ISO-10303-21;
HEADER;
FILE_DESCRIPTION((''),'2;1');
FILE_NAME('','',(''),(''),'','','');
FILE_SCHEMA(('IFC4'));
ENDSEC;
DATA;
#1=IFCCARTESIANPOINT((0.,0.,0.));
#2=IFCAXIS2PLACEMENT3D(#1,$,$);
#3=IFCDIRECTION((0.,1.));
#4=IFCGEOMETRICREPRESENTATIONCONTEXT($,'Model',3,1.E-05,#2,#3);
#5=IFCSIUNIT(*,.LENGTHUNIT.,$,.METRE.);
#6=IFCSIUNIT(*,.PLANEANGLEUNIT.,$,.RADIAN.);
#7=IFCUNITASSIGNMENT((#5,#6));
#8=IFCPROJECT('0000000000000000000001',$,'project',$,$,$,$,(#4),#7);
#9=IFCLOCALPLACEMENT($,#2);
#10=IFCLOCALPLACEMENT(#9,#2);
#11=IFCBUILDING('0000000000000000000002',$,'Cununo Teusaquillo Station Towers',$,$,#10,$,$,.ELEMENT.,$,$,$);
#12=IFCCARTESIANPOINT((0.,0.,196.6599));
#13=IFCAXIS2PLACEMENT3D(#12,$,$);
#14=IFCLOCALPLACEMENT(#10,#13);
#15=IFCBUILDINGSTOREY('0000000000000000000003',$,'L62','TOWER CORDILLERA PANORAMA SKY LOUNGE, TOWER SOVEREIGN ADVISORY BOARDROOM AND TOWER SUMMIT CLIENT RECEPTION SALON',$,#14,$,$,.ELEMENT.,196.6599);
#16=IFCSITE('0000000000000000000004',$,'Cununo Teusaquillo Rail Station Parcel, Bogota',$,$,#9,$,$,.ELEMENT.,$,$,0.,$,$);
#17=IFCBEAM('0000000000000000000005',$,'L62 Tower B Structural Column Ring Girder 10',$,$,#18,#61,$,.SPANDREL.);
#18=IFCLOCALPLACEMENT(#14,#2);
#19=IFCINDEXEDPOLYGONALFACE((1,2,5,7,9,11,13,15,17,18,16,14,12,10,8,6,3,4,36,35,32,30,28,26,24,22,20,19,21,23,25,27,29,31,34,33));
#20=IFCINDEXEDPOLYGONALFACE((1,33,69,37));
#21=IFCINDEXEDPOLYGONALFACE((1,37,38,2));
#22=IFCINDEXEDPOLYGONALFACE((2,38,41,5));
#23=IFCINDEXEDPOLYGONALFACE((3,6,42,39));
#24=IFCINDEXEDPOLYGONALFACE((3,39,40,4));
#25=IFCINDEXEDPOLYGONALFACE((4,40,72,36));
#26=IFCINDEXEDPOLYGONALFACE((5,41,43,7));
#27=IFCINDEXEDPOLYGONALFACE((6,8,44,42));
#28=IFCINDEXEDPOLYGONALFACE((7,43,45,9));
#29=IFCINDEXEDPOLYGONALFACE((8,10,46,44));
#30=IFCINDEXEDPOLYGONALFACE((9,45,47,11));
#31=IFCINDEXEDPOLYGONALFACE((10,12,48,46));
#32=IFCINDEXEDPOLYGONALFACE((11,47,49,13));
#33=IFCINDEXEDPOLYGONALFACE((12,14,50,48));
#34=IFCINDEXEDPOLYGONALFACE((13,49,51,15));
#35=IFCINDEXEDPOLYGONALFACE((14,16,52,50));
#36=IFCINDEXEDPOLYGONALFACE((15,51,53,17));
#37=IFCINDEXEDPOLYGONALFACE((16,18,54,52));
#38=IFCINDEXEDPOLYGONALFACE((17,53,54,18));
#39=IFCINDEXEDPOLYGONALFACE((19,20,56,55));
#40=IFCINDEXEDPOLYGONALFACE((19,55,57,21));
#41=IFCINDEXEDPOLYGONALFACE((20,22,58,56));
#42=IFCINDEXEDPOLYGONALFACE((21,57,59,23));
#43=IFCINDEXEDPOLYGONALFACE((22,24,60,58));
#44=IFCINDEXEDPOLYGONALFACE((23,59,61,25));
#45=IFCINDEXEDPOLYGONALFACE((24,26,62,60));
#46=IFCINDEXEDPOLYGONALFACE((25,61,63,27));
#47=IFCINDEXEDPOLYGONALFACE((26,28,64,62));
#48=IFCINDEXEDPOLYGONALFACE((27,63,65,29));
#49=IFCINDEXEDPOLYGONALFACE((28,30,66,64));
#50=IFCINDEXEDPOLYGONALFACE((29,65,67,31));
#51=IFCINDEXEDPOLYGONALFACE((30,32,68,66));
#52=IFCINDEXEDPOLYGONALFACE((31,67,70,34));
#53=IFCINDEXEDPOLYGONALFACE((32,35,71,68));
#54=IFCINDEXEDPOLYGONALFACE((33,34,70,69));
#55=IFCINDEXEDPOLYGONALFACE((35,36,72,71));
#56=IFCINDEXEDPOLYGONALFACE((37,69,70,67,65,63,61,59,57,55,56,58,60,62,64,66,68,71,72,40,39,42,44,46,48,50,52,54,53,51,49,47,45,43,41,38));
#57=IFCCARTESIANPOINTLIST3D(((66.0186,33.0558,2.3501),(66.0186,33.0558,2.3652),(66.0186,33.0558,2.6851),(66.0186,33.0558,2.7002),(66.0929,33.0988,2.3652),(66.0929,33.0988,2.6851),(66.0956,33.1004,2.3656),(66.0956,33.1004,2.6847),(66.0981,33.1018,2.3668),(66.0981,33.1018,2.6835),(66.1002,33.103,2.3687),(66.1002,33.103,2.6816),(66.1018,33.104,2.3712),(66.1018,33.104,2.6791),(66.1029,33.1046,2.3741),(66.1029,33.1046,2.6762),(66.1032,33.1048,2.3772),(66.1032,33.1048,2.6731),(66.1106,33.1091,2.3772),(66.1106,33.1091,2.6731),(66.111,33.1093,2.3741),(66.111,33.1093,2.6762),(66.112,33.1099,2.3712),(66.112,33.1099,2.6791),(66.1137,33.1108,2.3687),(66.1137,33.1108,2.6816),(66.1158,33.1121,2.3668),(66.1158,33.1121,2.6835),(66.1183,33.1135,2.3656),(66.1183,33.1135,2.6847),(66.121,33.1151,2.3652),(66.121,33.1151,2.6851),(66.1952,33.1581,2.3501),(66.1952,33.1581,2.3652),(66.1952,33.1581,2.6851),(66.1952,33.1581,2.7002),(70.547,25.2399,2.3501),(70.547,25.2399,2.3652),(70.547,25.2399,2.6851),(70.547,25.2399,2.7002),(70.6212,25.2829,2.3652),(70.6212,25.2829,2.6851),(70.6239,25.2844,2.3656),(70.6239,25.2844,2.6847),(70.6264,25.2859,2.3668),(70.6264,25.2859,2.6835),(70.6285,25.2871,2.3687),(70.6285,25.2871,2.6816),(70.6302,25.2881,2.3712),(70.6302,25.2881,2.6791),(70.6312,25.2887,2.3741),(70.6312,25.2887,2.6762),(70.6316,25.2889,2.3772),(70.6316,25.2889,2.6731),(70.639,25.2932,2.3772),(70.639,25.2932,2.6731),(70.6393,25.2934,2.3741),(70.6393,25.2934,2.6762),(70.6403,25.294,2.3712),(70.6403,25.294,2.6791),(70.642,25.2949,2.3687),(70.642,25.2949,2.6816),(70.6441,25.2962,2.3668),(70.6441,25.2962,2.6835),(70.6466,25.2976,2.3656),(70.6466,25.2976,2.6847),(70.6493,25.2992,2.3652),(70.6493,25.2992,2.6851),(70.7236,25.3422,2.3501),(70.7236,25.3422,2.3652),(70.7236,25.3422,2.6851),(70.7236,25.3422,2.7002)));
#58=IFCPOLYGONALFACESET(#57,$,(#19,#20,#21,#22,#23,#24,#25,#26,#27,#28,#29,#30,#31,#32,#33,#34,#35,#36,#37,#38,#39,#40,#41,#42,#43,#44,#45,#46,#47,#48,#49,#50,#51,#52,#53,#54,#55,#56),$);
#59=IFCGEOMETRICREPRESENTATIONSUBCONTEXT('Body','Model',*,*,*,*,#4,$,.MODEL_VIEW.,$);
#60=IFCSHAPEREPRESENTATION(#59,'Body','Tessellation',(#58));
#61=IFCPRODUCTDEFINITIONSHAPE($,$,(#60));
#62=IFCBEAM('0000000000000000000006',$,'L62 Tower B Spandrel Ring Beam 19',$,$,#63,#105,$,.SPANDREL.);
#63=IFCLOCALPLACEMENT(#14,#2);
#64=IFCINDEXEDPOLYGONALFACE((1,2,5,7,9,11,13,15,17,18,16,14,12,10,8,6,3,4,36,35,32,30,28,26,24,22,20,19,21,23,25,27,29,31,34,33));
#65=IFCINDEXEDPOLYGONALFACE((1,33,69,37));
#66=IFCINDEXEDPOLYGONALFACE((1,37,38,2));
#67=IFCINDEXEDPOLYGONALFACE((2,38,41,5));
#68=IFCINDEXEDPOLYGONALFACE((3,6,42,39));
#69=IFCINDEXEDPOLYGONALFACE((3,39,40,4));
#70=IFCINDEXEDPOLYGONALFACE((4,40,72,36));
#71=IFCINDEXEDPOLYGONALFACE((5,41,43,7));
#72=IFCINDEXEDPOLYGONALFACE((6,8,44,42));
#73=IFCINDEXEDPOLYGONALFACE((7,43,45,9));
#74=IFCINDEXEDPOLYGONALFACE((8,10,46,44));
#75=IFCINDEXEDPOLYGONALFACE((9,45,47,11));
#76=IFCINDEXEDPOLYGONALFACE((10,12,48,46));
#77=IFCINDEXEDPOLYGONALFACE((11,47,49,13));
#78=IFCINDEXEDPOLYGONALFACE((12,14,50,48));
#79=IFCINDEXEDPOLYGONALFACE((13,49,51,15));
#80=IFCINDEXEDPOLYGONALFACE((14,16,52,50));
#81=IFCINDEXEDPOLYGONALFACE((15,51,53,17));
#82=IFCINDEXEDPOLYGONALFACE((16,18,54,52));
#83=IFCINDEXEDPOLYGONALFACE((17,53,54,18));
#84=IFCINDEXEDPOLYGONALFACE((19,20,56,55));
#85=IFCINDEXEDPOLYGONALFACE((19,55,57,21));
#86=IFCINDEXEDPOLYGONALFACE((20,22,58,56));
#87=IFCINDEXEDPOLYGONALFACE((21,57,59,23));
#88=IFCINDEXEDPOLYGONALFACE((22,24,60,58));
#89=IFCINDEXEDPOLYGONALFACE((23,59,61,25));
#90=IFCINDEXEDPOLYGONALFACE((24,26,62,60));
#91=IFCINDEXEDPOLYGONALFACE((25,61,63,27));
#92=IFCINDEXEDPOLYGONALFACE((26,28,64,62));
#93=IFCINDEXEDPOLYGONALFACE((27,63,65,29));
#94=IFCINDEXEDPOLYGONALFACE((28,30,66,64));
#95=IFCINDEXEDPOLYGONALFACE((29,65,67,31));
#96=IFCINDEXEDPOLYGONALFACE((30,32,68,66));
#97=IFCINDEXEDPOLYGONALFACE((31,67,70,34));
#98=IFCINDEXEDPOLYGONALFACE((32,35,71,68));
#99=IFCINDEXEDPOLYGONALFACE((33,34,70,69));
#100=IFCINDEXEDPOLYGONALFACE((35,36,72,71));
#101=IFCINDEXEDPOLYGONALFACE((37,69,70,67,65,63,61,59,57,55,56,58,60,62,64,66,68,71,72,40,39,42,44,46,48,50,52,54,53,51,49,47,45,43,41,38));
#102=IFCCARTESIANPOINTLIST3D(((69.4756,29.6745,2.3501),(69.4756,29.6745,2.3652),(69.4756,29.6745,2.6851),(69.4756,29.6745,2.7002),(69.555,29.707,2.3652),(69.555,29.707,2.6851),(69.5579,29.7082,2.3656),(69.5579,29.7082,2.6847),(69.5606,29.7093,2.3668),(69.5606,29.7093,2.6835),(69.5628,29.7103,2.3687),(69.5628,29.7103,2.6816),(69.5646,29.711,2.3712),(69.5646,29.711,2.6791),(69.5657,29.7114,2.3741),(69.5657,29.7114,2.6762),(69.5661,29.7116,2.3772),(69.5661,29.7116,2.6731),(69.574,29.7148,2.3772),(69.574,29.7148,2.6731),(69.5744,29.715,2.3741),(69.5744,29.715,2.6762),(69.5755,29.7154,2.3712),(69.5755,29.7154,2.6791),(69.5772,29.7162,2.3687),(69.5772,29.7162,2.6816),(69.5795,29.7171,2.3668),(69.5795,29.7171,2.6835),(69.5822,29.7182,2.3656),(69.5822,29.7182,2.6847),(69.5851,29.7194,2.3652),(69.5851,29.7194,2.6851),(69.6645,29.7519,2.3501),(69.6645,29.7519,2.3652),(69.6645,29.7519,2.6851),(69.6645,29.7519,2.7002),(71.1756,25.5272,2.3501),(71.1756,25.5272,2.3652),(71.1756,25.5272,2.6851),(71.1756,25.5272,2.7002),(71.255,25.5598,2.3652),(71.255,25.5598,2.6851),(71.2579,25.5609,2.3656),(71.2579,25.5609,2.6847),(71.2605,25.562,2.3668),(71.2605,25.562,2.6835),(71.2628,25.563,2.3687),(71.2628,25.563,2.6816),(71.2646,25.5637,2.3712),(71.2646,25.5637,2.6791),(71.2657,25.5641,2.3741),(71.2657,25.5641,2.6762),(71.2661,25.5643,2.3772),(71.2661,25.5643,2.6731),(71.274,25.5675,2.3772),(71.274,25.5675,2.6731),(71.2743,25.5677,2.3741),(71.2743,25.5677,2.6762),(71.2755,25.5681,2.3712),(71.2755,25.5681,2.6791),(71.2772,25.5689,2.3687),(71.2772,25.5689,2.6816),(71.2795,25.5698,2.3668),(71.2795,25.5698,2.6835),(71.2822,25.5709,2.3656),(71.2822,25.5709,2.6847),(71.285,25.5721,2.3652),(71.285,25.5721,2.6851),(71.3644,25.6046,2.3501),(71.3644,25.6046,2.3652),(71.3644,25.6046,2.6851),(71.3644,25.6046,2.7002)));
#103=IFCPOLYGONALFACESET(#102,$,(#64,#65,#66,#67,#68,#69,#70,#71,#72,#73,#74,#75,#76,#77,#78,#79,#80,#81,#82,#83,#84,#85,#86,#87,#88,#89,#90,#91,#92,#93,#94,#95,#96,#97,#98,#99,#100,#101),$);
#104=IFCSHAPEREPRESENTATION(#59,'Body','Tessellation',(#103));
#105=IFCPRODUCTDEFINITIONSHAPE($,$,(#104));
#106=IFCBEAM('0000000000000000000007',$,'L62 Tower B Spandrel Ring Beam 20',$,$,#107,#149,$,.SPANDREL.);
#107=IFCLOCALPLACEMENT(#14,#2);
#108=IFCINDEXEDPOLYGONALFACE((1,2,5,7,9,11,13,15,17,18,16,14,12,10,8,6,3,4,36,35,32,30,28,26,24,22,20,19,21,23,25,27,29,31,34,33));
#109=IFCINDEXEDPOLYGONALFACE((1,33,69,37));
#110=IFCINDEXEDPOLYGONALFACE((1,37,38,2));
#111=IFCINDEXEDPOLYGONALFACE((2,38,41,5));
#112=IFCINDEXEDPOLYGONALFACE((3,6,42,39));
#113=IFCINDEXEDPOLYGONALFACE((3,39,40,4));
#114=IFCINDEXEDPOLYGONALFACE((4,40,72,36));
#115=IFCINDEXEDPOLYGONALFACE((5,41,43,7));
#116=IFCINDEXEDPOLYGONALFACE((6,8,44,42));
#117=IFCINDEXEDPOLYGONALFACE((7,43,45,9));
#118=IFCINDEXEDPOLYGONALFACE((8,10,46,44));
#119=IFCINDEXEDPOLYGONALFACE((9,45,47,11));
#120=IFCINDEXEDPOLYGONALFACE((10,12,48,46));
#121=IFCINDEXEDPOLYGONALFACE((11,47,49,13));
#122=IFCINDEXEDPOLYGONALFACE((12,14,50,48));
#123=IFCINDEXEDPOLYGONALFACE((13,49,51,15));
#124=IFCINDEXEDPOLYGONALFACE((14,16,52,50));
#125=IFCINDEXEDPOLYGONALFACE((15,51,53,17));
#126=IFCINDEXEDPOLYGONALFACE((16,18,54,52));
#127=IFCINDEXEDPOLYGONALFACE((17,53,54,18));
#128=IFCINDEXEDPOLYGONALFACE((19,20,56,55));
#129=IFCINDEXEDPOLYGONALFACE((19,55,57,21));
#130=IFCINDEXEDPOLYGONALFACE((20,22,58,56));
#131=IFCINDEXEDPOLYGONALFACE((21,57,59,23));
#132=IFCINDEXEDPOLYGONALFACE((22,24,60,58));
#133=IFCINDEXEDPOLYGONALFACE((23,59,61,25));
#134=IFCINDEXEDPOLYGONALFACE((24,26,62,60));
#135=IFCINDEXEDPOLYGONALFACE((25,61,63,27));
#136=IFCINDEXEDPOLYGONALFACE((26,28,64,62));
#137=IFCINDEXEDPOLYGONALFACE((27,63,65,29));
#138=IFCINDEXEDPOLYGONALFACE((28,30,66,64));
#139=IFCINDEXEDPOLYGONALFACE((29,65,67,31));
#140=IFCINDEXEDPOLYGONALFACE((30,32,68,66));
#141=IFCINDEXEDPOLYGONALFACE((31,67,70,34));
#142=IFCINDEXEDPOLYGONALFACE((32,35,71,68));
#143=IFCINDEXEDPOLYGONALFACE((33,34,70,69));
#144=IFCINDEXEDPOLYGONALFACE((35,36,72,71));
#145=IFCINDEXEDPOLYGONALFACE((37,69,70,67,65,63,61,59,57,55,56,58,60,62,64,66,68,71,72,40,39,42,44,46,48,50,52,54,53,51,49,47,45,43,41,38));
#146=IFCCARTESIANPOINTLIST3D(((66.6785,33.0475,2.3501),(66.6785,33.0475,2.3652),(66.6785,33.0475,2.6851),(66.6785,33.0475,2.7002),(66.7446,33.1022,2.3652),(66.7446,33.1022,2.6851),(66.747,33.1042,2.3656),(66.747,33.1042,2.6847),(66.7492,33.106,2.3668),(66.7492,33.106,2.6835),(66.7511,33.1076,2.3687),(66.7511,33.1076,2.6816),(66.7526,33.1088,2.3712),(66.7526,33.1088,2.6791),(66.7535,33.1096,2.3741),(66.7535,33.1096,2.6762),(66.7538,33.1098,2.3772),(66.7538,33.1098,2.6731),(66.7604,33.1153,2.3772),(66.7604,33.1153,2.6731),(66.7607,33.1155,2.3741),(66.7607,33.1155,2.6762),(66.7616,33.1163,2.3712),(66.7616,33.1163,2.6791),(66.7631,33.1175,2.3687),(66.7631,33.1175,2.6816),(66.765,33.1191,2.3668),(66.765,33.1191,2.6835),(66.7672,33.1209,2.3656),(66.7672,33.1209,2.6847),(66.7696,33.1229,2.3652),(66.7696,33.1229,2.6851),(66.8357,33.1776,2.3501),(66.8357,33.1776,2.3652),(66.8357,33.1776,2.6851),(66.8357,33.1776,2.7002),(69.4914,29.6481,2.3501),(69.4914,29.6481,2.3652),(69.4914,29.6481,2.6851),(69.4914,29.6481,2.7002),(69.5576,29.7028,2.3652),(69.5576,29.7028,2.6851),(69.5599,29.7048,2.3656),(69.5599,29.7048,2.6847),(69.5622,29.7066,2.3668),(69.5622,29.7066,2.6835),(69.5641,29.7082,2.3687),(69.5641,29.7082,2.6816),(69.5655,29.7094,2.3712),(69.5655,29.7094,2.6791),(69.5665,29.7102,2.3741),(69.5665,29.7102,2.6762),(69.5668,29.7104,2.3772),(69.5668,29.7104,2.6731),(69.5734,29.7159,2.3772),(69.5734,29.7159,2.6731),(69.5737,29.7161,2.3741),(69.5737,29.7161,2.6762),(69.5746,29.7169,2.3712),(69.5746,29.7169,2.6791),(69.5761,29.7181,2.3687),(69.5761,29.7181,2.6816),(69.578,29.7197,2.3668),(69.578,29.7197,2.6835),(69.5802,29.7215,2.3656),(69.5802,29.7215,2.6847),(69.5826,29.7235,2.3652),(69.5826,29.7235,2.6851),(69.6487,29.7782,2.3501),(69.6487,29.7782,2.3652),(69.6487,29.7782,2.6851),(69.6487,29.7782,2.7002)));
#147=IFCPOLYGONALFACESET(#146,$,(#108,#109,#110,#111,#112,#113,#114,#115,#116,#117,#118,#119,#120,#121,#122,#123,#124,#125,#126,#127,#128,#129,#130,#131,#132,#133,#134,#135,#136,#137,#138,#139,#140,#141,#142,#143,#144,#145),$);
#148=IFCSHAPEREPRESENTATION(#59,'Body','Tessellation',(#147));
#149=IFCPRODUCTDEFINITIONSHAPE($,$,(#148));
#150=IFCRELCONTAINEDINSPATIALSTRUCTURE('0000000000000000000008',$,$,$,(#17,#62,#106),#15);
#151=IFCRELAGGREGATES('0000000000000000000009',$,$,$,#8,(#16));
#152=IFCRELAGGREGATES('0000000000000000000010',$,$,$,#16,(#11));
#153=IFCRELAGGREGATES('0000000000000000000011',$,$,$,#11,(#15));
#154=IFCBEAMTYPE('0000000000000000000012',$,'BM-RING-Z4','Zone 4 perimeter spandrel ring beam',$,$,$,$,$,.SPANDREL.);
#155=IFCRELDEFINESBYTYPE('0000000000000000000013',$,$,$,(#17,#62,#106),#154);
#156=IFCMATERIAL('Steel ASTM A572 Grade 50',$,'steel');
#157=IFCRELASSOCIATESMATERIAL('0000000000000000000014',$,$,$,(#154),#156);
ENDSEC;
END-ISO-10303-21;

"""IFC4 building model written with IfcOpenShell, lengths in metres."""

from ifc_helpers import new_model, si_unit, direction, frame, origin, origin_2d, place, context, subcontext, project, spatial, i_section, extrude, material, material_profile, profile_set, type_object, element, save


model = new_model("IFC4")

# Units and contexts
model_context = context("Model", 3, precision=1e-05, world=origin(), true_north=direction((0.0, 1.0)))
body_context = subcontext(model_context, "Body", "Model", "MODEL_VIEW")
ifc_project = project(units=[si_unit("LENGTHUNIT", "METRE"), si_unit("PLANEANGLEUNIT", "RADIAN")], contexts=[model_context])

# Site, building, storey
site_placement = place(None, origin())
site = spatial("IfcSite", under=ifc_project, at=site_placement, Name="Cununo Teusaquillo Rail Station Parcel, Bogota", CompositionType="ELEMENT", RefElevation=0.0)
building_placement = place(site_placement, origin())
building = spatial("IfcBuilding", under=site, at=building_placement, Name="Cununo Teusaquillo Station Towers", CompositionType="ELEMENT")
storey_placement = place(building_placement, frame((0.0, 0.0, 196.6599)))
storey = spatial("IfcBuildingStorey", under=building, at=storey_placement, Name="L62", Description="TOWER CORDILLERA PANORAMA SKY LOUNGE, TOWER SOVEREIGN ADVISORY BOARDROOM AND TOWER SUMMIT CLIENT RECEPTION SALON", CompositionType="ELEMENT", Elevation=196.6599)

# Beams
ifc_material_1 = material(Name="Steel ASTM A572 Grade 50", Category="steel")
ifc_material_profile_1 = material_profile(ifc_material_1, i_section(OverallWidth=0.2041, OverallDepth=0.3501, WebThickness=0.0085, FlangeThickness=0.0151, FilletRadius=0.012, at=origin_2d()), Name="W14X48")
ifc_profile_set_1 = profile_set([ifc_material_profile_1], Name="Steel ASTM A572 Grade 50")
beam_type_1 = type_object("IfcBeamType", Name="BM-RING-Z4", Description="Zone 4 perimeter spandrel ring beam", PredefinedType="SPANDREL", material=ifc_profile_set_1)
beam_1_placement = place(storey_placement, frame((70.6353, 25.291, 2.5251), z_axis=(-0.501311, 0.865267, 0.0), x_axis=(-0.865267, -0.501311, 0.0)))
element("IfcBeam", 1, at=beam_1_placement, inside=storey, type_object=beam_type_1, Name="L62 Tower B Structural Column Ring Girder 10", PredefinedType="SPANDREL", context=body_context, shape_type="SweptSolid", body=[
    extrude(i_section(OverallWidth=0.2041, OverallDepth=0.3501, WebThickness=0.0085, FlangeThickness=0.0151, FilletRadius=0.012, at=origin_2d()), origin(), (0.0, 0.0, 1.0), 9.033),
])
beam_2_placement = place(storey_placement, frame((71.27, 25.5659, 2.5251), z_axis=(-0.379275, 0.925284, 0.0), x_axis=(-0.925284, -0.379275, 0.0)))
element("IfcBeam", 2, at=beam_2_placement, inside=storey, type_object=beam_type_1, Name="L62 Tower B Spandrel Ring Beam 19", PredefinedType="SPANDREL", context=body_context, shape_type="SweptSolid", body=[
    extrude(i_section(OverallWidth=0.2041, OverallDepth=0.3501, WebThickness=0.0085, FlangeThickness=0.0151, FilletRadius=0.012, at=origin_2d()), origin(), (0.0, 0.0, 1.0), 4.4822),
])
beam_3_placement = place(storey_placement, frame((69.5701, 29.7131, 2.5251), z_axis=(-0.637525, 0.77043, 0.0), x_axis=(-0.77043, -0.637525, 0.0)))
element("IfcBeam", 3, at=beam_3_placement, inside=storey, type_object=beam_type_1, Name="L62 Tower B Spandrel Ring Beam 20", PredefinedType="SPANDREL", context=body_context, shape_type="SweptSolid", body=[
    extrude(i_section(OverallWidth=0.2041, OverallDepth=0.3501, WebThickness=0.0085, FlangeThickness=0.0151, FilletRadius=0.012, at=origin_2d()), origin(), (0.0, 0.0, 1.0), 4.4124),
])

save(model, "model.ifc")
